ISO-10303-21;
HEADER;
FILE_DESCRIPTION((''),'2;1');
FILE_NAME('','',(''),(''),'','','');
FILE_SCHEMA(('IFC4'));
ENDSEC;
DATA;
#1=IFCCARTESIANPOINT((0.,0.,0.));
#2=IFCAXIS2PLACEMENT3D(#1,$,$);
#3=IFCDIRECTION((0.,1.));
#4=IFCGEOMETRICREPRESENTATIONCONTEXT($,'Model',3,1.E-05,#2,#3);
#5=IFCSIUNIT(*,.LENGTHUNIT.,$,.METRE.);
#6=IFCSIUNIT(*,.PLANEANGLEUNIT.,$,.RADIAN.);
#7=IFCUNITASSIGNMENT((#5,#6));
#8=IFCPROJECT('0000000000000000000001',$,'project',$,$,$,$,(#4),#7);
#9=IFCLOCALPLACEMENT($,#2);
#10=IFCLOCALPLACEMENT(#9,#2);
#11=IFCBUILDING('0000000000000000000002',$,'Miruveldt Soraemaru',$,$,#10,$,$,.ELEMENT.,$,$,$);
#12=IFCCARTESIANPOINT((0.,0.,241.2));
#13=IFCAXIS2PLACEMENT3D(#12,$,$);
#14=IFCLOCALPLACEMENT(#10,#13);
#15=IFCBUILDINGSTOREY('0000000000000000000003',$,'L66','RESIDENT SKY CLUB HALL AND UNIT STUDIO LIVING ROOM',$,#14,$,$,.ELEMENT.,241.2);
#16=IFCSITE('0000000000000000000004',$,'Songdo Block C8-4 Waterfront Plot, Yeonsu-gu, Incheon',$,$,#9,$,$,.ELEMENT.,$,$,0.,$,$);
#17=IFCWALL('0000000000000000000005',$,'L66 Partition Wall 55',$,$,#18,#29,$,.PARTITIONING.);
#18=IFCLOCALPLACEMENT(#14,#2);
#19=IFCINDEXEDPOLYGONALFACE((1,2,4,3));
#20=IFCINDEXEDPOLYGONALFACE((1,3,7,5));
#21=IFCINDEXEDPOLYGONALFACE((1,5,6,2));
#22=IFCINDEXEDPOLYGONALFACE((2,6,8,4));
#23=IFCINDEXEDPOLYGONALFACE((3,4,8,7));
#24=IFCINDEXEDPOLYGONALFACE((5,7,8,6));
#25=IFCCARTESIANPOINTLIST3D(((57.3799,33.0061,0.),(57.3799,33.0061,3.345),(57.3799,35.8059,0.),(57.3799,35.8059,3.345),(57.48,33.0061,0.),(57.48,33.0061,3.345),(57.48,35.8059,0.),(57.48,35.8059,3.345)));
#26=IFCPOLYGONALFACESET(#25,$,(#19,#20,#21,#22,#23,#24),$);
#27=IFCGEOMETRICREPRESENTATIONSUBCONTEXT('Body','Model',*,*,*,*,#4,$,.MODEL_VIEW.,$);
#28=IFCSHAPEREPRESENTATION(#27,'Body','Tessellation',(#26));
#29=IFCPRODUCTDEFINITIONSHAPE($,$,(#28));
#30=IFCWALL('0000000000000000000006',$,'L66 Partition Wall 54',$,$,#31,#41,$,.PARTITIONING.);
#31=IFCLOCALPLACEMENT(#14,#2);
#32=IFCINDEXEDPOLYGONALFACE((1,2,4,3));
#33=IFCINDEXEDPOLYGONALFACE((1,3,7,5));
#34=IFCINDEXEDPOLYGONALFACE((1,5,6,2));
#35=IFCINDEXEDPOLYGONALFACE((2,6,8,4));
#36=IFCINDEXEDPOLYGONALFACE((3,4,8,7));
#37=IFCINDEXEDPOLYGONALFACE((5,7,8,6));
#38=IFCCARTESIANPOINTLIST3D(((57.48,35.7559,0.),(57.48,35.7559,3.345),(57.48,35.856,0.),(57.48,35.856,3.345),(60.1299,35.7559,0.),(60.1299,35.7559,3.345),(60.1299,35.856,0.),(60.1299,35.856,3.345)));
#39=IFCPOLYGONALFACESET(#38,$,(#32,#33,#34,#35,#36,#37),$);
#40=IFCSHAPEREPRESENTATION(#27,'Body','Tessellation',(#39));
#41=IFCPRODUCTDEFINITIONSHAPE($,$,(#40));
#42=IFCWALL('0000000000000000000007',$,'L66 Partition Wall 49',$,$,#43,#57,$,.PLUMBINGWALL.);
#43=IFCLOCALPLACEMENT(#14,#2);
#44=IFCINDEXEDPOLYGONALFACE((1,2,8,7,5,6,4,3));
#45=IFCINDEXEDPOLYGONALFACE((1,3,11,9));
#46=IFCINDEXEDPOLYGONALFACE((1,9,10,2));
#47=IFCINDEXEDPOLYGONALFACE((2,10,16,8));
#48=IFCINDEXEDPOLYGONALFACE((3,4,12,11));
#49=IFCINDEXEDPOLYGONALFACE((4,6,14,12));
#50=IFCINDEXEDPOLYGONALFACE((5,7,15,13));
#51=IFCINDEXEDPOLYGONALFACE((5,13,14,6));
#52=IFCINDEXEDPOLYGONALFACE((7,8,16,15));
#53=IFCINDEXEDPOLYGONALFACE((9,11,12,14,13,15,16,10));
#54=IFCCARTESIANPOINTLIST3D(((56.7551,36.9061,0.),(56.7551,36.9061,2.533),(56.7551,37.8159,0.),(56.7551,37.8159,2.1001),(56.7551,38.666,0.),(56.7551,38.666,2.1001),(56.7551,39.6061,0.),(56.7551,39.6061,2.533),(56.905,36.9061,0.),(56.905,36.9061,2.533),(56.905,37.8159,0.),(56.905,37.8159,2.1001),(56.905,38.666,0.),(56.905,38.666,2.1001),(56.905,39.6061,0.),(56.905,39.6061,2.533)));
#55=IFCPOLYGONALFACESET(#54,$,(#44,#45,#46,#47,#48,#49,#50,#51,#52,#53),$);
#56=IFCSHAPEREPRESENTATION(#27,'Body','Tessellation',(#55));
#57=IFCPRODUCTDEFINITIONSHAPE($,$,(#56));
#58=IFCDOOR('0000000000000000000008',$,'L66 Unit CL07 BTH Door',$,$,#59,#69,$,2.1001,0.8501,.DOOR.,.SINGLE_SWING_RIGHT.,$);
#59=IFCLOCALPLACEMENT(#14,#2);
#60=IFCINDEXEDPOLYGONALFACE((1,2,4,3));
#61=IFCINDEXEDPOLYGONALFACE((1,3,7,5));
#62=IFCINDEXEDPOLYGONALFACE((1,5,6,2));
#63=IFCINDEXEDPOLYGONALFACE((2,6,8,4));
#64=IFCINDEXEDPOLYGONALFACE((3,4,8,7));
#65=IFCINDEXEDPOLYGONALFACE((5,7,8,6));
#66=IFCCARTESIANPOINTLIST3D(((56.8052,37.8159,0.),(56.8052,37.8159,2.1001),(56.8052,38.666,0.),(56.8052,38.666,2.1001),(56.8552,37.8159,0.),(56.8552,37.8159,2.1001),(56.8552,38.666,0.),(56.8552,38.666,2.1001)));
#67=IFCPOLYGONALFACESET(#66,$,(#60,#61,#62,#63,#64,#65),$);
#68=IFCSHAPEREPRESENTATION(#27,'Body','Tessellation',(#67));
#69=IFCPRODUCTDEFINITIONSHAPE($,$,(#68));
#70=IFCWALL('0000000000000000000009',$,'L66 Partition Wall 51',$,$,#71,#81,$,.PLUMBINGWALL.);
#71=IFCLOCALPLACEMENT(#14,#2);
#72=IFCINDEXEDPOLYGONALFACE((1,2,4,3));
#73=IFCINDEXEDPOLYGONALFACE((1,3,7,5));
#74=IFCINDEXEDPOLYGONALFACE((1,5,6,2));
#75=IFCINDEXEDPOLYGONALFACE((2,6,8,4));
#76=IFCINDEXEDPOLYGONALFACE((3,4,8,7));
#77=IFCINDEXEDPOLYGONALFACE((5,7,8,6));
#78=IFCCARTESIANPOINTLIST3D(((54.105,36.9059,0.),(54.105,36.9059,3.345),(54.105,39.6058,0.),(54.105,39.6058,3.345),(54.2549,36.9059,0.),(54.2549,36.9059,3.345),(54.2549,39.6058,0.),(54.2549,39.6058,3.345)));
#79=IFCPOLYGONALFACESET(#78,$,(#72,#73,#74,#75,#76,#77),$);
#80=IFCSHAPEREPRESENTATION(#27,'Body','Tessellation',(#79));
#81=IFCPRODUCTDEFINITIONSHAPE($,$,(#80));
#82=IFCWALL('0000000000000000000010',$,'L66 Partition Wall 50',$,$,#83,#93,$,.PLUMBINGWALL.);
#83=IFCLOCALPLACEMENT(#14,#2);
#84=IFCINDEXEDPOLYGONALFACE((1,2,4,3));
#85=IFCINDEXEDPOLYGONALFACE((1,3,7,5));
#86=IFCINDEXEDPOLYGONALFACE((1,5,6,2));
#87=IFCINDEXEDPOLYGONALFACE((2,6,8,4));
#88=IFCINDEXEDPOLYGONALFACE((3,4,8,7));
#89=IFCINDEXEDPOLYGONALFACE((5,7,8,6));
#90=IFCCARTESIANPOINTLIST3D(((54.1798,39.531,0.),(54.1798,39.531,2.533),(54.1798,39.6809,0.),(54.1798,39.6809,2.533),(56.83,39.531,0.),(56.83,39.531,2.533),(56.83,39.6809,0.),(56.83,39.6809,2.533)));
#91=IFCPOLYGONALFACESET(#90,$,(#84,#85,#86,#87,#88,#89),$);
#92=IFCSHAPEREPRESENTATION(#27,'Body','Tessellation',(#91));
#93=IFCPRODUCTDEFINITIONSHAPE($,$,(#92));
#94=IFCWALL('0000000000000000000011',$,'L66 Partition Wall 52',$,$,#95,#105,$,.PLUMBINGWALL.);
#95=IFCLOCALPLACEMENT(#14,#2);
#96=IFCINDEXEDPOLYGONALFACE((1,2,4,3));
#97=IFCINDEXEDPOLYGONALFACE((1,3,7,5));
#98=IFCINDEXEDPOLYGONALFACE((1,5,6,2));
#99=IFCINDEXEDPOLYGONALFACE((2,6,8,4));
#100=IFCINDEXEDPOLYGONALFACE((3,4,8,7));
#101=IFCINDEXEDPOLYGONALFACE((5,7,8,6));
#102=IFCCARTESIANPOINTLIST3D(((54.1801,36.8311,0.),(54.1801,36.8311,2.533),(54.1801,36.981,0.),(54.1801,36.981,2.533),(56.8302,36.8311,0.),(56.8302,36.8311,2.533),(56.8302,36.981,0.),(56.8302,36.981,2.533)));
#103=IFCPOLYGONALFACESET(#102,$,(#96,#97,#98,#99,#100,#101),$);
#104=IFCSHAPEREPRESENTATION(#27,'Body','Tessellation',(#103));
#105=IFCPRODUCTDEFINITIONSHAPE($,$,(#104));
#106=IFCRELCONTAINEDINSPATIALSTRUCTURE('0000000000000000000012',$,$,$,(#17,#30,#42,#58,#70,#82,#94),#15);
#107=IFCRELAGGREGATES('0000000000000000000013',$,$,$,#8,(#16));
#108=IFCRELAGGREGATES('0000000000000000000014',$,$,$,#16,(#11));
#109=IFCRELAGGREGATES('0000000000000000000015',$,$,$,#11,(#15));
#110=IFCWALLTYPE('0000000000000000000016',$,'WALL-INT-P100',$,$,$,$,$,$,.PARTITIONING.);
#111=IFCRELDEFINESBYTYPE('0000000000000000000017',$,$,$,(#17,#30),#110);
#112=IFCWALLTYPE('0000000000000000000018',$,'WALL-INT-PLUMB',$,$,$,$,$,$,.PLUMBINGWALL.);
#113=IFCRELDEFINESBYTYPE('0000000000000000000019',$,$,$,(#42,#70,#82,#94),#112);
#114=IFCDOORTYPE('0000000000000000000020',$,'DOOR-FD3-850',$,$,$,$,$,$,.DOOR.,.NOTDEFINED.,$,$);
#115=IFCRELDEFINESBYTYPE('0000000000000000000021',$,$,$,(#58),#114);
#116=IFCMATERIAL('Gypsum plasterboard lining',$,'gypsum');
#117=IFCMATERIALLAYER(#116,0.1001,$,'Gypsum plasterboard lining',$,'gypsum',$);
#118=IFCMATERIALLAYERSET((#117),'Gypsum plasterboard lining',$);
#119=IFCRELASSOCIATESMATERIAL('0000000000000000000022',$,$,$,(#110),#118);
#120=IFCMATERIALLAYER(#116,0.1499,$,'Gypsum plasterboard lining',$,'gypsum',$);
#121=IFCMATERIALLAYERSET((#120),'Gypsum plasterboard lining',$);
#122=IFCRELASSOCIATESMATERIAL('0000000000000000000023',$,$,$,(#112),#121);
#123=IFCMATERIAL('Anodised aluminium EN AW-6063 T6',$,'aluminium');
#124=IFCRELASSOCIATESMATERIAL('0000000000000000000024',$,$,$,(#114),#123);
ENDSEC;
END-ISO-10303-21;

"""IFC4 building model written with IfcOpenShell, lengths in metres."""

from ifc_helpers import new_model, si_unit, direction, frame, frame_2d, origin, place, context, subcontext, project, spatial, rectangle, extrude, material, layer, layer_set, type_object, element, fill, save


model = new_model("IFC4")

# Units and contexts
model_context = context("Model", 3, precision=1e-05, world=origin(), true_north=direction((0.0, 1.0)))
body_context = subcontext(model_context, "Body", "Model", "MODEL_VIEW")
ifc_project = project(units=[si_unit("LENGTHUNIT", "METRE"), si_unit("PLANEANGLEUNIT", "RADIAN")], contexts=[model_context])

# Site, building, storey
site_placement = place(None, origin())
site = spatial("IfcSite", under=ifc_project, at=site_placement, Name="Songdo Block C8-4 Waterfront Plot, Yeonsu-gu, Incheon", CompositionType="ELEMENT", RefElevation=0.0)
building_placement = place(site_placement, origin())
building = spatial("IfcBuilding", under=site, at=building_placement, Name="Miruveldt Soraemaru", CompositionType="ELEMENT")
storey_placement = place(building_placement, frame((0.0, 0.0, 241.2)))
storey = spatial("IfcBuildingStorey", under=building, at=storey_placement, Name="L66", Description="RESIDENT SKY CLUB HALL AND UNIT STUDIO LIVING ROOM", CompositionType="ELEMENT", Elevation=241.2)

# Walls
ifc_material_1 = material(Name="Gypsum plasterboard lining", Category="gypsum")
ifc_layer_1 = layer(ifc_material_1, 0.1001, Name="Gypsum plasterboard lining", Category="gypsum")
ifc_layer_set_1 = layer_set([ifc_layer_1], Name="Gypsum plasterboard lining")
wall_type_1 = type_object("IfcWallType", Name="WALL-INT-P100", PredefinedType="PARTITIONING", material=ifc_layer_set_1)
wall_1_placement = place(storey_placement, frame((57.4299, 35.8059, 0.0), z_axis=(0.0, 0.0, 1.0), x_axis=(0.0, -1.0, 0.0)))
element("IfcWall", 1, at=wall_1_placement, inside=storey, type_object=wall_type_1, Name="L66 Partition Wall 55", PredefinedType="PARTITIONING", context=body_context, shape_type="SweptSolid", body=[
    extrude(rectangle(XDim=2.7998, YDim=0.1001, at=frame_2d((1.3999, 0.0))), origin(), (0.0, 0.0, 1.0), 3.345),
])
wall_2_placement = place(storey_placement, frame((60.1299, 35.8059, 0.0), z_axis=(0.0, 0.0, 1.0), x_axis=(-1.0, 0.0, 0.0)))
element("IfcWall", 2, at=wall_2_placement, inside=storey, type_object=wall_type_1, Name="L66 Partition Wall 54", PredefinedType="PARTITIONING", context=body_context, shape_type="SweptSolid", body=[
    extrude(rectangle(XDim=2.6499, YDim=0.1001, at=frame_2d((1.325, 0.0))), origin(), (0.0, 0.0, 1.0), 3.345),
])

# Wall, opening, door
ifc_layer_2 = layer(ifc_material_1, 0.1499, Name="Gypsum plasterboard lining", Category="gypsum")
ifc_layer_set_2 = layer_set([ifc_layer_2], Name="Gypsum plasterboard lining")
wall_type_2 = type_object("IfcWallType", Name="WALL-INT-PLUMB", PredefinedType="PLUMBINGWALL", material=ifc_layer_set_2)
wall_3_placement = place(storey_placement, frame((56.8301, 36.906, 0.0), z_axis=(0.0, 0.0, 1.0), x_axis=(0.0, 1.0, 0.0)))
wall_3 = element("IfcWall", 3, at=wall_3_placement, inside=storey, type_object=wall_type_2, Name="L66 Partition Wall 49", PredefinedType="PLUMBINGWALL", context=body_context, shape_type="SweptSolid", body=[
    extrude(rectangle(XDim=2.7, YDim=0.1499, at=frame_2d((1.3501, 0.0))), origin(), (0.0, 0.0, 1.0), 2.533),
])
opening_1_placement = place(wall_3_placement, frame((0.9099, 0.0, 0.0)))
opening_1 = element("IfcOpeningElement", 4, at=opening_1_placement, cuts=wall_3, PredefinedType="OPENING", context=body_context, shape_type="SweptSolid", body=[
    extrude(rectangle(XDim=0.8501, YDim=2.1001, at=frame_2d((0.425, 1.05))), frame((0.0, 0.085, 0.0), z_axis=(0.0, -1.0, 0.0), x_axis=(1.0, 0.0, 0.0)), (0.0, 0.0, 1.0), 0.1699),
])
ifc_material_2 = material(Name="Anodised aluminium EN AW-6063 T6", Category="aluminium")
door_type = type_object("IfcDoorType", Name="DOOR-FD3-850", OperationType="NOTDEFINED", PredefinedType="DOOR", material=ifc_material_2)
door_placement = place(opening_1_placement, origin())
door = element("IfcDoor", 5, at=door_placement, inside=storey, type_object=door_type, Name="L66 Unit CL07 BTH Door", OperationType="SINGLE_SWING_RIGHT", OverallHeight=2.1001, OverallWidth=0.8501, PredefinedType="DOOR", context=body_context, shape_type="SweptSolid", body=[
    extrude(rectangle(XDim=0.8501, YDim=2.1001, at=frame_2d((0.425, 1.05))), frame((0.0, 0.0249, 0.0), z_axis=(0.0, -1.0, 0.0), x_axis=(1.0, 0.0, 0.0)), (0.0, 0.0, 1.0), 0.05),
])
fill(opening_1, door)

# Walls
wall_4_placement = place(storey_placement, frame((54.1799, 39.606, 0.0), z_axis=(0.0, 0.0, 1.0), x_axis=(0.0, -1.0, 0.0)))
element("IfcWall", 6, at=wall_4_placement, inside=storey, type_object=wall_type_2, Name="L66 Partition Wall 51", PredefinedType="PLUMBINGWALL", context=body_context, shape_type="SweptSolid", body=[
    extrude(rectangle(XDim=2.7, YDim=0.1499, at=frame_2d((1.3501, 0.0))), origin(), (0.0, 0.0, 1.0), 3.345),
])
for number, where, z_axis, x_axis, name in (
    (7, (56.8301, 39.606, 0.0), (0.0, 0.0, 1.0), (-1.0, 0.0, 0.0), "L66 Partition Wall 50"),
    (8, (54.1799, 36.906, 0.0), (0.0, 0.0, 1.0), (1.0, 0.0, 0.0), "L66 Partition Wall 52"),
):
    element("IfcWall", number, at=place(storey_placement, frame(where, z_axis=z_axis, x_axis=x_axis)), inside=storey, type_object=wall_type_2, Name=name, PredefinedType="PLUMBINGWALL", context=body_context, shape_type="SweptSolid", body=[
        extrude(rectangle(XDim=2.6501, YDim=0.1499, at=frame_2d((1.3252, 0.0))), origin(), (0.0, 0.0, 1.0), 2.533),
    ])

save(model, "model.ifc")
